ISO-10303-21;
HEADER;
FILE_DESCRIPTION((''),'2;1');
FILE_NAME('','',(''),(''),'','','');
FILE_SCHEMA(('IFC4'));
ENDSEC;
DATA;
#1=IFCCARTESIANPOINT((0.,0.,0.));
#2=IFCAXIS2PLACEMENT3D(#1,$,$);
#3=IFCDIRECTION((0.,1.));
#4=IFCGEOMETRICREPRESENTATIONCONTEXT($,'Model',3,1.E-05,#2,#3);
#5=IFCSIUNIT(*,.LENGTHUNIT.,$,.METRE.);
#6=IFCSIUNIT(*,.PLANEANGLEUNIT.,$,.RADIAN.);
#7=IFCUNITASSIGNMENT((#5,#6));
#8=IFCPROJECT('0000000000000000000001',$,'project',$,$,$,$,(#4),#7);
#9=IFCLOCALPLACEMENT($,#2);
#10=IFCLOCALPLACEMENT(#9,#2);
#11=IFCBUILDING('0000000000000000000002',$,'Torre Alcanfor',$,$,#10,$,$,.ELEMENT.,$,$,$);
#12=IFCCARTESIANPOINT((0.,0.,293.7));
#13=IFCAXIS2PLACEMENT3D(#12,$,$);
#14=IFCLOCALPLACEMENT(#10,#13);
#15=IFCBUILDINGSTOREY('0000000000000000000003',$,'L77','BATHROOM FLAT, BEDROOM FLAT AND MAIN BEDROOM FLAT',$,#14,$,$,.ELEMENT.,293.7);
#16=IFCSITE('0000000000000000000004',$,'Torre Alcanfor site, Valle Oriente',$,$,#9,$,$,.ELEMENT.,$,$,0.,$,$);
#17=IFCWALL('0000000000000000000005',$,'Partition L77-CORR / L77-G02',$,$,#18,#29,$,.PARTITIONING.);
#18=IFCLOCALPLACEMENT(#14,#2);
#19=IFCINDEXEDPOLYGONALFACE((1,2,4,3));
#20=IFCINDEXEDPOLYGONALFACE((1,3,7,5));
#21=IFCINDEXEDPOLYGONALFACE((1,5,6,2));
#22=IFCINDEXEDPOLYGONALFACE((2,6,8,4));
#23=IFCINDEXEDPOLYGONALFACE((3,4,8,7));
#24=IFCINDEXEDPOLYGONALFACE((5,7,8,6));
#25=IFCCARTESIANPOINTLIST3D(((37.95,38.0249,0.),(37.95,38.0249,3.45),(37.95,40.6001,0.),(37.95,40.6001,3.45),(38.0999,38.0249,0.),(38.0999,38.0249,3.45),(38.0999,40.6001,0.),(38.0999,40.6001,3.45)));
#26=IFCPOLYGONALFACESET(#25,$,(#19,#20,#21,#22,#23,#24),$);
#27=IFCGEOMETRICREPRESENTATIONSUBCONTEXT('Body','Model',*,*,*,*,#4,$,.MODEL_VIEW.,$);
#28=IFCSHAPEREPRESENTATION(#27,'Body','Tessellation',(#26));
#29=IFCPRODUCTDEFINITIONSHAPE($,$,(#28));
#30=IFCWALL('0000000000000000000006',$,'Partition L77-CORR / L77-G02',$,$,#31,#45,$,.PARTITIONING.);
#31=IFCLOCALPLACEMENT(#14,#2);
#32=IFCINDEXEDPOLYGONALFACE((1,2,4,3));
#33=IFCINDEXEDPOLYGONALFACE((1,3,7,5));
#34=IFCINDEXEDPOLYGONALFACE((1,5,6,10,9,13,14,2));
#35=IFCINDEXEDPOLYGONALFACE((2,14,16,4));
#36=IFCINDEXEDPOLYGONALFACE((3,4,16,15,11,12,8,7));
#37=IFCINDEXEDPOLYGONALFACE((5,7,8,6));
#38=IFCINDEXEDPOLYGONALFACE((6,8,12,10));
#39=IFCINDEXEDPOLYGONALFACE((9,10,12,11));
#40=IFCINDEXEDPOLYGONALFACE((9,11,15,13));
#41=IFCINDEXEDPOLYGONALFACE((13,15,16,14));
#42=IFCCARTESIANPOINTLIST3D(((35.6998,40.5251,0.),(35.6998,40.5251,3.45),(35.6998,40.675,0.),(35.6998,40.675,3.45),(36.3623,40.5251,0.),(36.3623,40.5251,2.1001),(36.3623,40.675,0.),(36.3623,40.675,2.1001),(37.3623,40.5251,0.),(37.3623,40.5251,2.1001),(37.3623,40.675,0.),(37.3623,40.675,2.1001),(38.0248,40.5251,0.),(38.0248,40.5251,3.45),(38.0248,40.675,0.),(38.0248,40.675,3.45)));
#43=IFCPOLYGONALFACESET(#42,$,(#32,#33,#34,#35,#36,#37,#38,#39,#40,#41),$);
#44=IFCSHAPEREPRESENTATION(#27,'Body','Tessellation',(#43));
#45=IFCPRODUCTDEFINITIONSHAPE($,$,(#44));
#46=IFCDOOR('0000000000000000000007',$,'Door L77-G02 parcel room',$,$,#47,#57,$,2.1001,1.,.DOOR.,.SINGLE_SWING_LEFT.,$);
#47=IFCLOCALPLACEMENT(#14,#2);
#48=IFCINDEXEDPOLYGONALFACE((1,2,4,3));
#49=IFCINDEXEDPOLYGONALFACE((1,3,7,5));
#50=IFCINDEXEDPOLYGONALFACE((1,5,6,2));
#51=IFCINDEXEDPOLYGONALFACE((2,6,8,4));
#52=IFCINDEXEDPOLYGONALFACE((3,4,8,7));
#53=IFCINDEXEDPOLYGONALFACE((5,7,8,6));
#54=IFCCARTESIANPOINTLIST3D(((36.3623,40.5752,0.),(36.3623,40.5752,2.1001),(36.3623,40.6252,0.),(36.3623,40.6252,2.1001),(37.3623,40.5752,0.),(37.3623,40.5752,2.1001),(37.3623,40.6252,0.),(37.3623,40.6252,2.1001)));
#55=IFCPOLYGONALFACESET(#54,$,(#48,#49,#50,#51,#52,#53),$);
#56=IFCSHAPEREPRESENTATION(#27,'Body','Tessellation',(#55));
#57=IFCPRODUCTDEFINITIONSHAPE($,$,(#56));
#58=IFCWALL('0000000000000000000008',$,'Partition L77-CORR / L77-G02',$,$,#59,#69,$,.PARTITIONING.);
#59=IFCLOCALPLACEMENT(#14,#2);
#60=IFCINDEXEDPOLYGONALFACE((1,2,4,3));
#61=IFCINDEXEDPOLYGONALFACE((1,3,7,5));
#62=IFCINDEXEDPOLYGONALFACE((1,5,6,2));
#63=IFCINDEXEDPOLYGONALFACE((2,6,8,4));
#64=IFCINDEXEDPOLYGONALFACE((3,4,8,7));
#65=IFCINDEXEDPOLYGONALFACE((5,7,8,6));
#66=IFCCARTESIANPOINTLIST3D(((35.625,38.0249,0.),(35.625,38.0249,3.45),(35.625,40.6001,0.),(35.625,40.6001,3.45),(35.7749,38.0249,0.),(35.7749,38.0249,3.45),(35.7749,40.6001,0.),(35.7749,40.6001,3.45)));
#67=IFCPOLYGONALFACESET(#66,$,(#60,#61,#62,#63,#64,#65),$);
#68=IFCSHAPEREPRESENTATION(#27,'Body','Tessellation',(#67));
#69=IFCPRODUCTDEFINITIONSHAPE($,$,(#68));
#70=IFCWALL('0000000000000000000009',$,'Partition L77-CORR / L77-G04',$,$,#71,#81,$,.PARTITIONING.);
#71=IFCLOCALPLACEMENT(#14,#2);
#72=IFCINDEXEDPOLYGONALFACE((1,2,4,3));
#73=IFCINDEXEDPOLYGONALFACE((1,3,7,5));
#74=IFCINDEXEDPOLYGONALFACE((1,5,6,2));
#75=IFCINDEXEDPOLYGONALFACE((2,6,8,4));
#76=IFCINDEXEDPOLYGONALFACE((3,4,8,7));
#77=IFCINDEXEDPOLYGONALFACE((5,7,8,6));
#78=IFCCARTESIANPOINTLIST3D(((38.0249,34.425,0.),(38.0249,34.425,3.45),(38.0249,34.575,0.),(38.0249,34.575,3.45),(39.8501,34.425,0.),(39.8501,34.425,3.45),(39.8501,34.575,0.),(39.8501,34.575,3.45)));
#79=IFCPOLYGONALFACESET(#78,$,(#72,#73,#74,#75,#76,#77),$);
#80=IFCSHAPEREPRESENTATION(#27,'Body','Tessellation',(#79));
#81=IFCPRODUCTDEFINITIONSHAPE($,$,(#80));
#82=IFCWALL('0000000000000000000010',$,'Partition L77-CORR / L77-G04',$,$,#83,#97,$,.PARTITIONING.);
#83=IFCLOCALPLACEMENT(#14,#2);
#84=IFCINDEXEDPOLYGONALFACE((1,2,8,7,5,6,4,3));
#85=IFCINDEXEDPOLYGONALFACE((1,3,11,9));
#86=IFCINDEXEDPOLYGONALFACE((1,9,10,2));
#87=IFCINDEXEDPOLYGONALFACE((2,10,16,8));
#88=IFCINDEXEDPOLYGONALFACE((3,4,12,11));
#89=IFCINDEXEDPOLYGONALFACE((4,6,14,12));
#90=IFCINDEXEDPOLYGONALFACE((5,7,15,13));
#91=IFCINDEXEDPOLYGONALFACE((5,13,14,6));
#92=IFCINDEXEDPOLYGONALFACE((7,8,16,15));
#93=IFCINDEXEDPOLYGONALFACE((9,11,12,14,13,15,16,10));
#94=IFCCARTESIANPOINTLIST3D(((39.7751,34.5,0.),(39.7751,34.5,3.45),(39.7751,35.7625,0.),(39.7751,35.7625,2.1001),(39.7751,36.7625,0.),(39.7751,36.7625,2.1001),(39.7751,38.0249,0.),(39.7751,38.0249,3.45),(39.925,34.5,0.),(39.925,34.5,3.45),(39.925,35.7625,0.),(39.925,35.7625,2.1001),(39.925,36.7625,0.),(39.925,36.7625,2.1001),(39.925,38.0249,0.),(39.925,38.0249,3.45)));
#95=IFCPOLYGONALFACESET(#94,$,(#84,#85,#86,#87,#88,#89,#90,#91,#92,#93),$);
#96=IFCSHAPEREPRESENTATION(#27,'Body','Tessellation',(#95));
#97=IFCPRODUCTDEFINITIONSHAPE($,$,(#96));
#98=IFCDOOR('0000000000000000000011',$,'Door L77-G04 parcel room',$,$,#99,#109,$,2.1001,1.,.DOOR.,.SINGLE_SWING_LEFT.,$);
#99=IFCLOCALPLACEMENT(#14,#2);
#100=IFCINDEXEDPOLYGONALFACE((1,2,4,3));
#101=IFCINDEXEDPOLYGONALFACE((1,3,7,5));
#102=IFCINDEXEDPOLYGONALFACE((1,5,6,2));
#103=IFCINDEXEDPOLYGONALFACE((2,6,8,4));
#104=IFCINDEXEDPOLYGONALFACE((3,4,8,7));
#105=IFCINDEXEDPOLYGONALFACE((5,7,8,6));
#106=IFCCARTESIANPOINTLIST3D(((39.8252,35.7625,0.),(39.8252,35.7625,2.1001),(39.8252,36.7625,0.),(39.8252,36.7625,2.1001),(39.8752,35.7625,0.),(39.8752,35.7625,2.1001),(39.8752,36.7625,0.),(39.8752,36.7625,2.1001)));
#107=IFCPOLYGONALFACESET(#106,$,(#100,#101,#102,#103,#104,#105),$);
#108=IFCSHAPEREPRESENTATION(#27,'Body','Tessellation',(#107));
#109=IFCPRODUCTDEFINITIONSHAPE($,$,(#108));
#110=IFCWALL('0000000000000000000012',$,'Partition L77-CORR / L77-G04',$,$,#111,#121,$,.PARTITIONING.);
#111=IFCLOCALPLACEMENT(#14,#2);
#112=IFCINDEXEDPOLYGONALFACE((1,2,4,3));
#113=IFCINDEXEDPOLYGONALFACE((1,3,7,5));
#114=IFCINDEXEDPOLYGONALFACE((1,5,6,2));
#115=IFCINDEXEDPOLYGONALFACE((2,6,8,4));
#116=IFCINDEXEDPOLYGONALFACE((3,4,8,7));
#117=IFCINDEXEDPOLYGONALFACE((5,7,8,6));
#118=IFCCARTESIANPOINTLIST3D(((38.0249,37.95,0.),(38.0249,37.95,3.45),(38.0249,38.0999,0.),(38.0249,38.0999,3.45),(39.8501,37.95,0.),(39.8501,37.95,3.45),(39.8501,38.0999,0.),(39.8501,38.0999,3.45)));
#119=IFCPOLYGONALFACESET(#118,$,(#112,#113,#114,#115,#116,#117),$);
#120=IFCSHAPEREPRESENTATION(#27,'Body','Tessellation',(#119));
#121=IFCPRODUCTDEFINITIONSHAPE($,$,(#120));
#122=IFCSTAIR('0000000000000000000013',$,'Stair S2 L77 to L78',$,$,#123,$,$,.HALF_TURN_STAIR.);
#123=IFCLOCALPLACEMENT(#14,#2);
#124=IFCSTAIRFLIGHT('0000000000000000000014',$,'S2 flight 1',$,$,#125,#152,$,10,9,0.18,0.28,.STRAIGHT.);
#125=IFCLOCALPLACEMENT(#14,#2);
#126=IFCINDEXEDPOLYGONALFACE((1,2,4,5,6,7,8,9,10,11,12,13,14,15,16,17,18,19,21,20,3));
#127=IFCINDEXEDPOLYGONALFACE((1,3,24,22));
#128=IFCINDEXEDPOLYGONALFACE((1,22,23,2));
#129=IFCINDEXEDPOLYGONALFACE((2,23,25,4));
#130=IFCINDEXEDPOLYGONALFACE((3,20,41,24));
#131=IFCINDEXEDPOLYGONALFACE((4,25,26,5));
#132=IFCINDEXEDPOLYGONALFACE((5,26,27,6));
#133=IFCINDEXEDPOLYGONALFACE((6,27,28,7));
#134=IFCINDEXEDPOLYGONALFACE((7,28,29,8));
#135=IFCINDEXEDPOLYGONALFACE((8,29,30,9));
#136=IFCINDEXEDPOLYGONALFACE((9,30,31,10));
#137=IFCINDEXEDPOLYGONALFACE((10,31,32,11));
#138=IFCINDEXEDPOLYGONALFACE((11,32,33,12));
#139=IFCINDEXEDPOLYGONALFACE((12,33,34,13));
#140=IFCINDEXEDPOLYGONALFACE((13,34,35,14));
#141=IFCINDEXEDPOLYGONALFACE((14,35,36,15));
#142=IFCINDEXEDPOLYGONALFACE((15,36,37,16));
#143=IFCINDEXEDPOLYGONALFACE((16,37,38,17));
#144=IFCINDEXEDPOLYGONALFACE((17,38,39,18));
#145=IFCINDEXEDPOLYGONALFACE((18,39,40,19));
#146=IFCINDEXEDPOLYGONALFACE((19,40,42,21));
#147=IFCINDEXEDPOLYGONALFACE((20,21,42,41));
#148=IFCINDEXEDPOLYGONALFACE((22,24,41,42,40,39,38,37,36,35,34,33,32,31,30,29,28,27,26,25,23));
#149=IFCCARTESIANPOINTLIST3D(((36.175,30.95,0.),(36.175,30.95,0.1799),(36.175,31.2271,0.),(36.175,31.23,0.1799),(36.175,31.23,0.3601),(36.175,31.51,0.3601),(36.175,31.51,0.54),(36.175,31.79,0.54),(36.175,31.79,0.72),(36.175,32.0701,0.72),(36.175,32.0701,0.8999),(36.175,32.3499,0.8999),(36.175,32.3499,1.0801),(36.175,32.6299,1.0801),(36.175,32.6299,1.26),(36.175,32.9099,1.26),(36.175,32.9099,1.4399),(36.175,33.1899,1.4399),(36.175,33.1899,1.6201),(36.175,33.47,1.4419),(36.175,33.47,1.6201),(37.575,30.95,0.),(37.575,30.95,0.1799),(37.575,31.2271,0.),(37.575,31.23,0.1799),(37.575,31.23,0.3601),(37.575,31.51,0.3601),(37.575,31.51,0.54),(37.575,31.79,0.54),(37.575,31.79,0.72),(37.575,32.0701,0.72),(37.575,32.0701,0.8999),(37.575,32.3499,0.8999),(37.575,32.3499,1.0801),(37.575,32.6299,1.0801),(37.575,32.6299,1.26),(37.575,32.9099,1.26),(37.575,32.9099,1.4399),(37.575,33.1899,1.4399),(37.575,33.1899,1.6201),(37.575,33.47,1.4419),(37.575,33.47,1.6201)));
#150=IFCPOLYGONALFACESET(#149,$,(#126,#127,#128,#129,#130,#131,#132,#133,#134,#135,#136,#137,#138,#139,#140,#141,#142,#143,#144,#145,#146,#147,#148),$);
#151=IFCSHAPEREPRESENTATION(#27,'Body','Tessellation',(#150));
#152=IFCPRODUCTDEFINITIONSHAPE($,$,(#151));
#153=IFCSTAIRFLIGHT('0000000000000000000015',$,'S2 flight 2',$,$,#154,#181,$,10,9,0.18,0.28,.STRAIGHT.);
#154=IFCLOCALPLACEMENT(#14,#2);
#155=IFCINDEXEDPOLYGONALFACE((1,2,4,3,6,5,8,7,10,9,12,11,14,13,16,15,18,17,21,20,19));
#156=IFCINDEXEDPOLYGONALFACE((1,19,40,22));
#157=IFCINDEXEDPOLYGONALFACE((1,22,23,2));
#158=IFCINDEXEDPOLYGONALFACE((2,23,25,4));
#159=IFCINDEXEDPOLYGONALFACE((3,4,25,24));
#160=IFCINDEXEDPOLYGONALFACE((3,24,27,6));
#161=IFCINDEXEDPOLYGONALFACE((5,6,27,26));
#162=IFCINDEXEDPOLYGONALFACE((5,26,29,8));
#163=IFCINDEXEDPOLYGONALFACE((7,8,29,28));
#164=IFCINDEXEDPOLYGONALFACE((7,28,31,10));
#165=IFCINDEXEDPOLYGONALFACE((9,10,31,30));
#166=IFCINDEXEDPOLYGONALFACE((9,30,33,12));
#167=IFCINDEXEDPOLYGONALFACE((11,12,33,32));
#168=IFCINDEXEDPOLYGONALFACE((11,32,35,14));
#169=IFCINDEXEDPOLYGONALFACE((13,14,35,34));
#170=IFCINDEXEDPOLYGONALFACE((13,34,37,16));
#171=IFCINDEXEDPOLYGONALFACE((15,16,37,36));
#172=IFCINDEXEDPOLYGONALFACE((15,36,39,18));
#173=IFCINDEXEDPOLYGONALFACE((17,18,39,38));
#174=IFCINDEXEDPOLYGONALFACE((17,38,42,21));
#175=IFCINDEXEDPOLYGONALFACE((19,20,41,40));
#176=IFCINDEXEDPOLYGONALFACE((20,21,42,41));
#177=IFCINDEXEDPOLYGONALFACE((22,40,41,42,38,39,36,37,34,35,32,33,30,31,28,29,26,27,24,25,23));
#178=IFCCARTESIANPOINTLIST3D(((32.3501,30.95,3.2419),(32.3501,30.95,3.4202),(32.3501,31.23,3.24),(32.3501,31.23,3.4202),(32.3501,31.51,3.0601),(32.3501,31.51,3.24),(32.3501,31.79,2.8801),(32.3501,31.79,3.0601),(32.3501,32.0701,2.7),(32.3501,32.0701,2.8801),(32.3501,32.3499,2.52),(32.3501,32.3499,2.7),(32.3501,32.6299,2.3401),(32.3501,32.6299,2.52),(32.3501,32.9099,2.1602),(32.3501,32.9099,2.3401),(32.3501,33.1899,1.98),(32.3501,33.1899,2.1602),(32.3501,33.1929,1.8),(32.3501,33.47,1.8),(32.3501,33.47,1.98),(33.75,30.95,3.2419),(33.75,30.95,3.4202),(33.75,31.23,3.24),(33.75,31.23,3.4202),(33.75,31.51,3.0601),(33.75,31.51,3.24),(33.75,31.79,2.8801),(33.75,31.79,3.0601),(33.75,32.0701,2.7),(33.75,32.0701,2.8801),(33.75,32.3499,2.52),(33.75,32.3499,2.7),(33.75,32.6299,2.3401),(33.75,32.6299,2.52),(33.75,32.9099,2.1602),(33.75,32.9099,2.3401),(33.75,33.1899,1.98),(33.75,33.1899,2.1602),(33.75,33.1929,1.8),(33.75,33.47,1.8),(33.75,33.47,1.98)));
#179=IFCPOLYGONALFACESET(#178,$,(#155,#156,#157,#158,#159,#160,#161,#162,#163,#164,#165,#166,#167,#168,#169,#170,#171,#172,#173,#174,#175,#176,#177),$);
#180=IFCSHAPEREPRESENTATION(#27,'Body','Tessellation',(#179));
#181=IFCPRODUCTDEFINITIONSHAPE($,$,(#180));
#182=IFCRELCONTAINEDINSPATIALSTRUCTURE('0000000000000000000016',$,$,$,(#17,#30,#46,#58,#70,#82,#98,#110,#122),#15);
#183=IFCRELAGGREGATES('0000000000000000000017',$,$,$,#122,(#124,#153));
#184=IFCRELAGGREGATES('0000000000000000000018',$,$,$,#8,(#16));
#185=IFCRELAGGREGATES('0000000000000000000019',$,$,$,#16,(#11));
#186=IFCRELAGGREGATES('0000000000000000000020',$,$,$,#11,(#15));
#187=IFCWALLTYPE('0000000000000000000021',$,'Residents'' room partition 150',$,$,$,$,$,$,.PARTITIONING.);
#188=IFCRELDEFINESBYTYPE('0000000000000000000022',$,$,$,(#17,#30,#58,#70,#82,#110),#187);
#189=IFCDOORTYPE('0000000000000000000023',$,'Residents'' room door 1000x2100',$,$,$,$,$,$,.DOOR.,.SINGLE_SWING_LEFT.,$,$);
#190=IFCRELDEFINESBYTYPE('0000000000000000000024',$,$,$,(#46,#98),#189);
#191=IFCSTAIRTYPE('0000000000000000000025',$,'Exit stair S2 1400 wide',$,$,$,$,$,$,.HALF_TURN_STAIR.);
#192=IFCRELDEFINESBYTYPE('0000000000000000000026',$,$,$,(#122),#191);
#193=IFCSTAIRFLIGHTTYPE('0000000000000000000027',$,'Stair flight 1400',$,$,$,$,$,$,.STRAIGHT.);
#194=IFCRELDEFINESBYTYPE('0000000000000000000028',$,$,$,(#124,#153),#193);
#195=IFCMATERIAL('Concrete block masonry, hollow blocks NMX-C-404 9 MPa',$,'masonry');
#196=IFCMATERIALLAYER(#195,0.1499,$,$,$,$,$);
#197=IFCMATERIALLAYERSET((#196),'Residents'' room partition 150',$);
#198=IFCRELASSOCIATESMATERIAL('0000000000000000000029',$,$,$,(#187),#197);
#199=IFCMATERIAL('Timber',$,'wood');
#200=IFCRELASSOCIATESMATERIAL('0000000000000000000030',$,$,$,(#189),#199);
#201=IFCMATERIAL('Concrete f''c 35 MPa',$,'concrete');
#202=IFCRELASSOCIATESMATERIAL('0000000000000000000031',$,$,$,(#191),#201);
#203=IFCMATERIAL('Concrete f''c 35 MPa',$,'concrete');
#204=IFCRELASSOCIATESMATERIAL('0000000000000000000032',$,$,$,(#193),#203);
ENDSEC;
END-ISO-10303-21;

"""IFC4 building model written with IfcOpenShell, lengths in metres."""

from ifc_helpers import new_model, si_unit, direction, frame, frame_2d, origin, place, context, subcontext, project, spatial, polyline, rectangle, outline, extrude, material, layer, layer_set, type_object, element, fill, aggregate, save


model = new_model("IFC4")

# Units and contexts
model_context = context("Model", 3, precision=1e-05, world=origin(), true_north=direction((0.0, 1.0)))
body_context = subcontext(model_context, "Body", "Model", "MODEL_VIEW")
ifc_project = project(units=[si_unit("LENGTHUNIT", "METRE"), si_unit("PLANEANGLEUNIT", "RADIAN")], contexts=[model_context])

# Site, building, storey
site_placement = place(None, origin())
site = spatial("IfcSite", under=ifc_project, at=site_placement, Name="Torre Alcanfor site, Valle Oriente", CompositionType="ELEMENT", RefElevation=0.0)
building_placement = place(site_placement, origin())
building = spatial("IfcBuilding", under=site, at=building_placement, Name="Torre Alcanfor", CompositionType="ELEMENT")
storey_placement = place(building_placement, frame((0.0, 0.0, 293.7)))
storey = spatial("IfcBuildingStorey", under=building, at=storey_placement, Name="L77", Description="BATHROOM FLAT, BEDROOM FLAT AND MAIN BEDROOM FLAT", CompositionType="ELEMENT", Elevation=293.7)

# Wall
ifc_material_1 = material(Name="Concrete block masonry, hollow blocks NMX-C-404 9 MPa", Category="masonry")
ifc_layer_1 = layer(ifc_material_1, 0.1499)
ifc_layer_set_1 = layer_set([ifc_layer_1], Name="Residents' room partition 150")
wall_type_1 = type_object("IfcWallType", Name="Residents' room partition 150", PredefinedType="PARTITIONING", material=ifc_layer_set_1)
wall_1_placement = place(storey_placement, frame((38.0249, 38.0249, 0.0), z_axis=(0.0, 0.0, 1.0), x_axis=(0.0, 1.0, 0.0)))
element("IfcWall", 1, at=wall_1_placement, inside=storey, type_object=wall_type_1, Name="Partition L77-CORR / L77-G02", PredefinedType="PARTITIONING", context=body_context, shape_type="SweptSolid", body=[
    extrude(rectangle(XDim=2.5752, YDim=0.1499, at=frame_2d((1.2876, 0.0))), origin(), (0.0, 0.0, 1.0), 3.45),
])

# Wall, opening, door
wall_2_placement = place(storey_placement, frame((38.0249, 40.6001, 0.0), z_axis=(0.0, 0.0, 1.0), x_axis=(-1.0, 0.0, 0.0)))
wall_2 = element("IfcWall", 2, at=wall_2_placement, inside=storey, type_object=wall_type_1, Name="Partition L77-CORR / L77-G02", PredefinedType="PARTITIONING", context=body_context, shape_type="SweptSolid", body=[
    extrude(rectangle(XDim=2.325, YDim=0.1499, at=frame_2d((1.1626, 0.0))), origin(), (0.0, 0.0, 1.0), 3.45),
])
opening_1_placement = place(wall_2_placement, frame((0.6626, 0.0, 0.0)))
opening_1 = element("IfcOpeningElement", 3, at=opening_1_placement, cuts=wall_2, PredefinedType="OPENING", context=body_context, shape_type="SweptSolid", body=[
    extrude(rectangle(XDim=1.0, YDim=2.1001, at=frame_2d((0.5, 1.05))), frame((0.0, 0.085, 0.0), z_axis=(0.0, -1.0, 0.0), x_axis=(1.0, 0.0, 0.0)), (0.0, 0.0, 1.0), 0.1699),
])
ifc_material_2 = material(Name="Timber", Category="wood")
door_type = type_object("IfcDoorType", Name="Residents' room door 1000x2100", OperationType="SINGLE_SWING_LEFT", PredefinedType="DOOR", material=ifc_material_2)
door_1_placement = place(opening_1_placement, origin())
door_1 = element("IfcDoor", 4, at=door_1_placement, inside=storey, type_object=door_type, Name="Door L77-G02 parcel room", OperationType="SINGLE_SWING_LEFT", OverallHeight=2.1001, OverallWidth=1.0, PredefinedType="DOOR", context=body_context, shape_type="SweptSolid", body=[
    extrude(rectangle(XDim=1.0, YDim=2.1001, at=frame_2d((0.5, 1.05))), frame((0.0, 0.0249, 0.0), z_axis=(0.0, -1.0, 0.0), x_axis=(1.0, 0.0, 0.0)), (0.0, 0.0, 1.0), 0.05),
])
fill(opening_1, door_1)

# Walls
wall_3_placement = place(storey_placement, frame((35.7, 40.6001, 0.0), z_axis=(0.0, 0.0, 1.0), x_axis=(0.0, -1.0, 0.0)))
element("IfcWall", 5, at=wall_3_placement, inside=storey, type_object=wall_type_1, Name="Partition L77-CORR / L77-G02", PredefinedType="PARTITIONING", context=body_context, shape_type="SweptSolid", body=[
    extrude(rectangle(XDim=2.5752, YDim=0.1499, at=frame_2d((1.2876, 0.0))), origin(), (0.0, 0.0, 1.0), 3.45),
])
wall_4_placement = place(storey_placement, frame((38.0249, 34.5, 0.0), z_axis=(0.0, 0.0, 1.0), x_axis=(1.0, 0.0, 0.0)))
element("IfcWall", 6, at=wall_4_placement, inside=storey, type_object=wall_type_1, Name="Partition L77-CORR / L77-G04", PredefinedType="PARTITIONING", context=body_context, shape_type="SweptSolid", body=[
    extrude(rectangle(XDim=1.8252, YDim=0.1499, at=frame_2d((0.9126, 0.0))), origin(), (0.0, 0.0, 1.0), 3.45),
])

# Wall, opening, door
wall_5_placement = place(storey_placement, frame((39.8501, 34.5, 0.0), z_axis=(0.0, 0.0, 1.0), x_axis=(0.0, 1.0, 0.0)))
wall_5 = element("IfcWall", 7, at=wall_5_placement, inside=storey, type_object=wall_type_1, Name="Partition L77-CORR / L77-G04", PredefinedType="PARTITIONING", context=body_context, shape_type="SweptSolid", body=[
    extrude(rectangle(XDim=3.5249, YDim=0.1499, at=frame_2d((1.7625, 0.0))), origin(), (0.0, 0.0, 1.0), 3.45),
])
opening_2_placement = place(wall_5_placement, frame((1.2625, 0.0, 0.0)))
opening_2 = element("IfcOpeningElement", 8, at=opening_2_placement, cuts=wall_5, PredefinedType="OPENING", context=body_context, shape_type="SweptSolid", body=[
    extrude(rectangle(XDim=1.0, YDim=2.1001, at=frame_2d((0.5, 1.05))), frame((0.0, 0.085, 0.0), z_axis=(0.0, -1.0, 0.0), x_axis=(1.0, 0.0, 0.0)), (0.0, 0.0, 1.0), 0.1699),
])
door_2_placement = place(opening_2_placement, origin())
door_2 = element("IfcDoor", 9, at=door_2_placement, inside=storey, type_object=door_type, Name="Door L77-G04 parcel room", OperationType="SINGLE_SWING_LEFT", OverallHeight=2.1001, OverallWidth=1.0, PredefinedType="DOOR", context=body_context, shape_type="SweptSolid", body=[
    extrude(rectangle(XDim=1.0, YDim=2.1001, at=frame_2d((0.5, 1.05))), frame((0.0, 0.0249, 0.0), z_axis=(0.0, -1.0, 0.0), x_axis=(1.0, 0.0, 0.0)), (0.0, 0.0, 1.0), 0.05),
])
fill(opening_2, door_2)

# Wall
wall_6_placement = place(storey_placement, frame((39.8501, 38.0249, 0.0), z_axis=(0.0, 0.0, 1.0), x_axis=(-1.0, 0.0, 0.0)))
element("IfcWall", 10, at=wall_6_placement, inside=storey, type_object=wall_type_1, Name="Partition L77-CORR / L77-G04", PredefinedType="PARTITIONING", context=body_context, shape_type="SweptSolid", body=[
    extrude(rectangle(XDim=1.8252, YDim=0.1499, at=frame_2d((0.9126, 0.0))), origin(), (0.0, 0.0, 1.0), 3.45),
])

# Stair, stair flights
ifc_material_3 = material(Name="Concrete f'c 35 MPa", Category="concrete")
stair_type = type_object("IfcStairType", Name="Exit stair S2 1400 wide", PredefinedType="HALF_TURN_STAIR", material=ifc_material_3)
stair_placement = place(storey_placement, origin())
stair = element("IfcStair", 11, at=stair_placement, inside=storey, type_object=stair_type, Name="Stair S2 L77 to L78", PredefinedType="HALF_TURN_STAIR")
ifc_material_4 = material(Name="Concrete f'c 35 MPa", Category="concrete")
stair_flight_type = type_object("IfcStairFlightType", Name="Stair flight 1400", PredefinedType="STRAIGHT", material=ifc_material_4)
stair_flight_1_placement = place(storey_placement, frame((36.875, 30.95, 0.0), z_axis=(0.0, 0.0, 1.0), x_axis=(0.0, 1.0, 0.0)))
stair_flight_1 = element("IfcStairFlight", 12, at=stair_flight_1_placement, type_object=stair_flight_type, Name="S2 flight 1", NumberOfRisers=10, NumberOfTreads=9, PredefinedType="STRAIGHT", RiserHeight=0.18, TreadLength=0.28, context=body_context, shape_type="SweptSolid", body=[
    extrude(outline(polyline([(0.0, 0.0), (0.0, 0.1799), (0.28, 0.1799), (0.28, 0.3601), (0.5601, 0.3601), (0.5601, 0.54), (0.8401, 0.54), (0.8401, 0.72), (1.1201, 0.72), (1.1201, 0.8999), (1.3999, 0.8999), (1.3999, 1.0801), (1.6799, 1.0801), (1.6799, 1.26), (1.96, 1.26), (1.96, 1.4399), (2.24, 1.4399), (2.24, 1.6201), (2.52, 1.6201), (2.52, 1.8), (2.52, 1.4419), (0.2771, 0.0), (0.0, 0.0)])), frame((0.0, 0.7, 0.0), z_axis=(0.0, -1.0, 0.0), x_axis=(1.0, 0.0, 0.0)), (0.0, 0.0, 1.0), 1.3999),
])
stair_flight_2_placement = place(storey_placement, frame((33.05, 33.47, 1.8), z_axis=(0.0, 0.0, 1.0), x_axis=(0.0, -1.0, 0.0)))
stair_flight_2 = element("IfcStairFlight", 13, at=stair_flight_2_placement, type_object=stair_flight_type, Name="S2 flight 2", NumberOfRisers=10, NumberOfTreads=9, PredefinedType="STRAIGHT", RiserHeight=0.18, TreadLength=0.28, context=body_context, shape_type="SweptSolid", body=[
    extrude(outline(polyline([(0.0, 0.0), (0.0, 0.1799), (0.28, 0.1799), (0.28, 0.3601), (0.5601, 0.3601), (0.5601, 0.54), (0.8401, 0.54), (0.8401, 0.72), (1.1201, 0.72), (1.1201, 0.8999), (1.3999, 0.8999), (1.3999, 1.0801), (1.6799, 1.0801), (1.6799, 1.26), (1.96, 1.26), (1.96, 1.4399), (2.24, 1.4399), (2.24, 1.6201), (2.52, 1.6201), (2.52, 1.8), (2.52, 1.4419), (0.2771, 0.0), (0.0, 0.0)])), frame((0.0, 0.7, 0.0), z_axis=(0.0, -1.0, 0.0), x_axis=(1.0, 0.0, 0.0)), (0.0, 0.0, 1.0), 1.3999),
])
aggregate(stair, [stair_flight_1, stair_flight_2])

save(model, "model.ifc")
